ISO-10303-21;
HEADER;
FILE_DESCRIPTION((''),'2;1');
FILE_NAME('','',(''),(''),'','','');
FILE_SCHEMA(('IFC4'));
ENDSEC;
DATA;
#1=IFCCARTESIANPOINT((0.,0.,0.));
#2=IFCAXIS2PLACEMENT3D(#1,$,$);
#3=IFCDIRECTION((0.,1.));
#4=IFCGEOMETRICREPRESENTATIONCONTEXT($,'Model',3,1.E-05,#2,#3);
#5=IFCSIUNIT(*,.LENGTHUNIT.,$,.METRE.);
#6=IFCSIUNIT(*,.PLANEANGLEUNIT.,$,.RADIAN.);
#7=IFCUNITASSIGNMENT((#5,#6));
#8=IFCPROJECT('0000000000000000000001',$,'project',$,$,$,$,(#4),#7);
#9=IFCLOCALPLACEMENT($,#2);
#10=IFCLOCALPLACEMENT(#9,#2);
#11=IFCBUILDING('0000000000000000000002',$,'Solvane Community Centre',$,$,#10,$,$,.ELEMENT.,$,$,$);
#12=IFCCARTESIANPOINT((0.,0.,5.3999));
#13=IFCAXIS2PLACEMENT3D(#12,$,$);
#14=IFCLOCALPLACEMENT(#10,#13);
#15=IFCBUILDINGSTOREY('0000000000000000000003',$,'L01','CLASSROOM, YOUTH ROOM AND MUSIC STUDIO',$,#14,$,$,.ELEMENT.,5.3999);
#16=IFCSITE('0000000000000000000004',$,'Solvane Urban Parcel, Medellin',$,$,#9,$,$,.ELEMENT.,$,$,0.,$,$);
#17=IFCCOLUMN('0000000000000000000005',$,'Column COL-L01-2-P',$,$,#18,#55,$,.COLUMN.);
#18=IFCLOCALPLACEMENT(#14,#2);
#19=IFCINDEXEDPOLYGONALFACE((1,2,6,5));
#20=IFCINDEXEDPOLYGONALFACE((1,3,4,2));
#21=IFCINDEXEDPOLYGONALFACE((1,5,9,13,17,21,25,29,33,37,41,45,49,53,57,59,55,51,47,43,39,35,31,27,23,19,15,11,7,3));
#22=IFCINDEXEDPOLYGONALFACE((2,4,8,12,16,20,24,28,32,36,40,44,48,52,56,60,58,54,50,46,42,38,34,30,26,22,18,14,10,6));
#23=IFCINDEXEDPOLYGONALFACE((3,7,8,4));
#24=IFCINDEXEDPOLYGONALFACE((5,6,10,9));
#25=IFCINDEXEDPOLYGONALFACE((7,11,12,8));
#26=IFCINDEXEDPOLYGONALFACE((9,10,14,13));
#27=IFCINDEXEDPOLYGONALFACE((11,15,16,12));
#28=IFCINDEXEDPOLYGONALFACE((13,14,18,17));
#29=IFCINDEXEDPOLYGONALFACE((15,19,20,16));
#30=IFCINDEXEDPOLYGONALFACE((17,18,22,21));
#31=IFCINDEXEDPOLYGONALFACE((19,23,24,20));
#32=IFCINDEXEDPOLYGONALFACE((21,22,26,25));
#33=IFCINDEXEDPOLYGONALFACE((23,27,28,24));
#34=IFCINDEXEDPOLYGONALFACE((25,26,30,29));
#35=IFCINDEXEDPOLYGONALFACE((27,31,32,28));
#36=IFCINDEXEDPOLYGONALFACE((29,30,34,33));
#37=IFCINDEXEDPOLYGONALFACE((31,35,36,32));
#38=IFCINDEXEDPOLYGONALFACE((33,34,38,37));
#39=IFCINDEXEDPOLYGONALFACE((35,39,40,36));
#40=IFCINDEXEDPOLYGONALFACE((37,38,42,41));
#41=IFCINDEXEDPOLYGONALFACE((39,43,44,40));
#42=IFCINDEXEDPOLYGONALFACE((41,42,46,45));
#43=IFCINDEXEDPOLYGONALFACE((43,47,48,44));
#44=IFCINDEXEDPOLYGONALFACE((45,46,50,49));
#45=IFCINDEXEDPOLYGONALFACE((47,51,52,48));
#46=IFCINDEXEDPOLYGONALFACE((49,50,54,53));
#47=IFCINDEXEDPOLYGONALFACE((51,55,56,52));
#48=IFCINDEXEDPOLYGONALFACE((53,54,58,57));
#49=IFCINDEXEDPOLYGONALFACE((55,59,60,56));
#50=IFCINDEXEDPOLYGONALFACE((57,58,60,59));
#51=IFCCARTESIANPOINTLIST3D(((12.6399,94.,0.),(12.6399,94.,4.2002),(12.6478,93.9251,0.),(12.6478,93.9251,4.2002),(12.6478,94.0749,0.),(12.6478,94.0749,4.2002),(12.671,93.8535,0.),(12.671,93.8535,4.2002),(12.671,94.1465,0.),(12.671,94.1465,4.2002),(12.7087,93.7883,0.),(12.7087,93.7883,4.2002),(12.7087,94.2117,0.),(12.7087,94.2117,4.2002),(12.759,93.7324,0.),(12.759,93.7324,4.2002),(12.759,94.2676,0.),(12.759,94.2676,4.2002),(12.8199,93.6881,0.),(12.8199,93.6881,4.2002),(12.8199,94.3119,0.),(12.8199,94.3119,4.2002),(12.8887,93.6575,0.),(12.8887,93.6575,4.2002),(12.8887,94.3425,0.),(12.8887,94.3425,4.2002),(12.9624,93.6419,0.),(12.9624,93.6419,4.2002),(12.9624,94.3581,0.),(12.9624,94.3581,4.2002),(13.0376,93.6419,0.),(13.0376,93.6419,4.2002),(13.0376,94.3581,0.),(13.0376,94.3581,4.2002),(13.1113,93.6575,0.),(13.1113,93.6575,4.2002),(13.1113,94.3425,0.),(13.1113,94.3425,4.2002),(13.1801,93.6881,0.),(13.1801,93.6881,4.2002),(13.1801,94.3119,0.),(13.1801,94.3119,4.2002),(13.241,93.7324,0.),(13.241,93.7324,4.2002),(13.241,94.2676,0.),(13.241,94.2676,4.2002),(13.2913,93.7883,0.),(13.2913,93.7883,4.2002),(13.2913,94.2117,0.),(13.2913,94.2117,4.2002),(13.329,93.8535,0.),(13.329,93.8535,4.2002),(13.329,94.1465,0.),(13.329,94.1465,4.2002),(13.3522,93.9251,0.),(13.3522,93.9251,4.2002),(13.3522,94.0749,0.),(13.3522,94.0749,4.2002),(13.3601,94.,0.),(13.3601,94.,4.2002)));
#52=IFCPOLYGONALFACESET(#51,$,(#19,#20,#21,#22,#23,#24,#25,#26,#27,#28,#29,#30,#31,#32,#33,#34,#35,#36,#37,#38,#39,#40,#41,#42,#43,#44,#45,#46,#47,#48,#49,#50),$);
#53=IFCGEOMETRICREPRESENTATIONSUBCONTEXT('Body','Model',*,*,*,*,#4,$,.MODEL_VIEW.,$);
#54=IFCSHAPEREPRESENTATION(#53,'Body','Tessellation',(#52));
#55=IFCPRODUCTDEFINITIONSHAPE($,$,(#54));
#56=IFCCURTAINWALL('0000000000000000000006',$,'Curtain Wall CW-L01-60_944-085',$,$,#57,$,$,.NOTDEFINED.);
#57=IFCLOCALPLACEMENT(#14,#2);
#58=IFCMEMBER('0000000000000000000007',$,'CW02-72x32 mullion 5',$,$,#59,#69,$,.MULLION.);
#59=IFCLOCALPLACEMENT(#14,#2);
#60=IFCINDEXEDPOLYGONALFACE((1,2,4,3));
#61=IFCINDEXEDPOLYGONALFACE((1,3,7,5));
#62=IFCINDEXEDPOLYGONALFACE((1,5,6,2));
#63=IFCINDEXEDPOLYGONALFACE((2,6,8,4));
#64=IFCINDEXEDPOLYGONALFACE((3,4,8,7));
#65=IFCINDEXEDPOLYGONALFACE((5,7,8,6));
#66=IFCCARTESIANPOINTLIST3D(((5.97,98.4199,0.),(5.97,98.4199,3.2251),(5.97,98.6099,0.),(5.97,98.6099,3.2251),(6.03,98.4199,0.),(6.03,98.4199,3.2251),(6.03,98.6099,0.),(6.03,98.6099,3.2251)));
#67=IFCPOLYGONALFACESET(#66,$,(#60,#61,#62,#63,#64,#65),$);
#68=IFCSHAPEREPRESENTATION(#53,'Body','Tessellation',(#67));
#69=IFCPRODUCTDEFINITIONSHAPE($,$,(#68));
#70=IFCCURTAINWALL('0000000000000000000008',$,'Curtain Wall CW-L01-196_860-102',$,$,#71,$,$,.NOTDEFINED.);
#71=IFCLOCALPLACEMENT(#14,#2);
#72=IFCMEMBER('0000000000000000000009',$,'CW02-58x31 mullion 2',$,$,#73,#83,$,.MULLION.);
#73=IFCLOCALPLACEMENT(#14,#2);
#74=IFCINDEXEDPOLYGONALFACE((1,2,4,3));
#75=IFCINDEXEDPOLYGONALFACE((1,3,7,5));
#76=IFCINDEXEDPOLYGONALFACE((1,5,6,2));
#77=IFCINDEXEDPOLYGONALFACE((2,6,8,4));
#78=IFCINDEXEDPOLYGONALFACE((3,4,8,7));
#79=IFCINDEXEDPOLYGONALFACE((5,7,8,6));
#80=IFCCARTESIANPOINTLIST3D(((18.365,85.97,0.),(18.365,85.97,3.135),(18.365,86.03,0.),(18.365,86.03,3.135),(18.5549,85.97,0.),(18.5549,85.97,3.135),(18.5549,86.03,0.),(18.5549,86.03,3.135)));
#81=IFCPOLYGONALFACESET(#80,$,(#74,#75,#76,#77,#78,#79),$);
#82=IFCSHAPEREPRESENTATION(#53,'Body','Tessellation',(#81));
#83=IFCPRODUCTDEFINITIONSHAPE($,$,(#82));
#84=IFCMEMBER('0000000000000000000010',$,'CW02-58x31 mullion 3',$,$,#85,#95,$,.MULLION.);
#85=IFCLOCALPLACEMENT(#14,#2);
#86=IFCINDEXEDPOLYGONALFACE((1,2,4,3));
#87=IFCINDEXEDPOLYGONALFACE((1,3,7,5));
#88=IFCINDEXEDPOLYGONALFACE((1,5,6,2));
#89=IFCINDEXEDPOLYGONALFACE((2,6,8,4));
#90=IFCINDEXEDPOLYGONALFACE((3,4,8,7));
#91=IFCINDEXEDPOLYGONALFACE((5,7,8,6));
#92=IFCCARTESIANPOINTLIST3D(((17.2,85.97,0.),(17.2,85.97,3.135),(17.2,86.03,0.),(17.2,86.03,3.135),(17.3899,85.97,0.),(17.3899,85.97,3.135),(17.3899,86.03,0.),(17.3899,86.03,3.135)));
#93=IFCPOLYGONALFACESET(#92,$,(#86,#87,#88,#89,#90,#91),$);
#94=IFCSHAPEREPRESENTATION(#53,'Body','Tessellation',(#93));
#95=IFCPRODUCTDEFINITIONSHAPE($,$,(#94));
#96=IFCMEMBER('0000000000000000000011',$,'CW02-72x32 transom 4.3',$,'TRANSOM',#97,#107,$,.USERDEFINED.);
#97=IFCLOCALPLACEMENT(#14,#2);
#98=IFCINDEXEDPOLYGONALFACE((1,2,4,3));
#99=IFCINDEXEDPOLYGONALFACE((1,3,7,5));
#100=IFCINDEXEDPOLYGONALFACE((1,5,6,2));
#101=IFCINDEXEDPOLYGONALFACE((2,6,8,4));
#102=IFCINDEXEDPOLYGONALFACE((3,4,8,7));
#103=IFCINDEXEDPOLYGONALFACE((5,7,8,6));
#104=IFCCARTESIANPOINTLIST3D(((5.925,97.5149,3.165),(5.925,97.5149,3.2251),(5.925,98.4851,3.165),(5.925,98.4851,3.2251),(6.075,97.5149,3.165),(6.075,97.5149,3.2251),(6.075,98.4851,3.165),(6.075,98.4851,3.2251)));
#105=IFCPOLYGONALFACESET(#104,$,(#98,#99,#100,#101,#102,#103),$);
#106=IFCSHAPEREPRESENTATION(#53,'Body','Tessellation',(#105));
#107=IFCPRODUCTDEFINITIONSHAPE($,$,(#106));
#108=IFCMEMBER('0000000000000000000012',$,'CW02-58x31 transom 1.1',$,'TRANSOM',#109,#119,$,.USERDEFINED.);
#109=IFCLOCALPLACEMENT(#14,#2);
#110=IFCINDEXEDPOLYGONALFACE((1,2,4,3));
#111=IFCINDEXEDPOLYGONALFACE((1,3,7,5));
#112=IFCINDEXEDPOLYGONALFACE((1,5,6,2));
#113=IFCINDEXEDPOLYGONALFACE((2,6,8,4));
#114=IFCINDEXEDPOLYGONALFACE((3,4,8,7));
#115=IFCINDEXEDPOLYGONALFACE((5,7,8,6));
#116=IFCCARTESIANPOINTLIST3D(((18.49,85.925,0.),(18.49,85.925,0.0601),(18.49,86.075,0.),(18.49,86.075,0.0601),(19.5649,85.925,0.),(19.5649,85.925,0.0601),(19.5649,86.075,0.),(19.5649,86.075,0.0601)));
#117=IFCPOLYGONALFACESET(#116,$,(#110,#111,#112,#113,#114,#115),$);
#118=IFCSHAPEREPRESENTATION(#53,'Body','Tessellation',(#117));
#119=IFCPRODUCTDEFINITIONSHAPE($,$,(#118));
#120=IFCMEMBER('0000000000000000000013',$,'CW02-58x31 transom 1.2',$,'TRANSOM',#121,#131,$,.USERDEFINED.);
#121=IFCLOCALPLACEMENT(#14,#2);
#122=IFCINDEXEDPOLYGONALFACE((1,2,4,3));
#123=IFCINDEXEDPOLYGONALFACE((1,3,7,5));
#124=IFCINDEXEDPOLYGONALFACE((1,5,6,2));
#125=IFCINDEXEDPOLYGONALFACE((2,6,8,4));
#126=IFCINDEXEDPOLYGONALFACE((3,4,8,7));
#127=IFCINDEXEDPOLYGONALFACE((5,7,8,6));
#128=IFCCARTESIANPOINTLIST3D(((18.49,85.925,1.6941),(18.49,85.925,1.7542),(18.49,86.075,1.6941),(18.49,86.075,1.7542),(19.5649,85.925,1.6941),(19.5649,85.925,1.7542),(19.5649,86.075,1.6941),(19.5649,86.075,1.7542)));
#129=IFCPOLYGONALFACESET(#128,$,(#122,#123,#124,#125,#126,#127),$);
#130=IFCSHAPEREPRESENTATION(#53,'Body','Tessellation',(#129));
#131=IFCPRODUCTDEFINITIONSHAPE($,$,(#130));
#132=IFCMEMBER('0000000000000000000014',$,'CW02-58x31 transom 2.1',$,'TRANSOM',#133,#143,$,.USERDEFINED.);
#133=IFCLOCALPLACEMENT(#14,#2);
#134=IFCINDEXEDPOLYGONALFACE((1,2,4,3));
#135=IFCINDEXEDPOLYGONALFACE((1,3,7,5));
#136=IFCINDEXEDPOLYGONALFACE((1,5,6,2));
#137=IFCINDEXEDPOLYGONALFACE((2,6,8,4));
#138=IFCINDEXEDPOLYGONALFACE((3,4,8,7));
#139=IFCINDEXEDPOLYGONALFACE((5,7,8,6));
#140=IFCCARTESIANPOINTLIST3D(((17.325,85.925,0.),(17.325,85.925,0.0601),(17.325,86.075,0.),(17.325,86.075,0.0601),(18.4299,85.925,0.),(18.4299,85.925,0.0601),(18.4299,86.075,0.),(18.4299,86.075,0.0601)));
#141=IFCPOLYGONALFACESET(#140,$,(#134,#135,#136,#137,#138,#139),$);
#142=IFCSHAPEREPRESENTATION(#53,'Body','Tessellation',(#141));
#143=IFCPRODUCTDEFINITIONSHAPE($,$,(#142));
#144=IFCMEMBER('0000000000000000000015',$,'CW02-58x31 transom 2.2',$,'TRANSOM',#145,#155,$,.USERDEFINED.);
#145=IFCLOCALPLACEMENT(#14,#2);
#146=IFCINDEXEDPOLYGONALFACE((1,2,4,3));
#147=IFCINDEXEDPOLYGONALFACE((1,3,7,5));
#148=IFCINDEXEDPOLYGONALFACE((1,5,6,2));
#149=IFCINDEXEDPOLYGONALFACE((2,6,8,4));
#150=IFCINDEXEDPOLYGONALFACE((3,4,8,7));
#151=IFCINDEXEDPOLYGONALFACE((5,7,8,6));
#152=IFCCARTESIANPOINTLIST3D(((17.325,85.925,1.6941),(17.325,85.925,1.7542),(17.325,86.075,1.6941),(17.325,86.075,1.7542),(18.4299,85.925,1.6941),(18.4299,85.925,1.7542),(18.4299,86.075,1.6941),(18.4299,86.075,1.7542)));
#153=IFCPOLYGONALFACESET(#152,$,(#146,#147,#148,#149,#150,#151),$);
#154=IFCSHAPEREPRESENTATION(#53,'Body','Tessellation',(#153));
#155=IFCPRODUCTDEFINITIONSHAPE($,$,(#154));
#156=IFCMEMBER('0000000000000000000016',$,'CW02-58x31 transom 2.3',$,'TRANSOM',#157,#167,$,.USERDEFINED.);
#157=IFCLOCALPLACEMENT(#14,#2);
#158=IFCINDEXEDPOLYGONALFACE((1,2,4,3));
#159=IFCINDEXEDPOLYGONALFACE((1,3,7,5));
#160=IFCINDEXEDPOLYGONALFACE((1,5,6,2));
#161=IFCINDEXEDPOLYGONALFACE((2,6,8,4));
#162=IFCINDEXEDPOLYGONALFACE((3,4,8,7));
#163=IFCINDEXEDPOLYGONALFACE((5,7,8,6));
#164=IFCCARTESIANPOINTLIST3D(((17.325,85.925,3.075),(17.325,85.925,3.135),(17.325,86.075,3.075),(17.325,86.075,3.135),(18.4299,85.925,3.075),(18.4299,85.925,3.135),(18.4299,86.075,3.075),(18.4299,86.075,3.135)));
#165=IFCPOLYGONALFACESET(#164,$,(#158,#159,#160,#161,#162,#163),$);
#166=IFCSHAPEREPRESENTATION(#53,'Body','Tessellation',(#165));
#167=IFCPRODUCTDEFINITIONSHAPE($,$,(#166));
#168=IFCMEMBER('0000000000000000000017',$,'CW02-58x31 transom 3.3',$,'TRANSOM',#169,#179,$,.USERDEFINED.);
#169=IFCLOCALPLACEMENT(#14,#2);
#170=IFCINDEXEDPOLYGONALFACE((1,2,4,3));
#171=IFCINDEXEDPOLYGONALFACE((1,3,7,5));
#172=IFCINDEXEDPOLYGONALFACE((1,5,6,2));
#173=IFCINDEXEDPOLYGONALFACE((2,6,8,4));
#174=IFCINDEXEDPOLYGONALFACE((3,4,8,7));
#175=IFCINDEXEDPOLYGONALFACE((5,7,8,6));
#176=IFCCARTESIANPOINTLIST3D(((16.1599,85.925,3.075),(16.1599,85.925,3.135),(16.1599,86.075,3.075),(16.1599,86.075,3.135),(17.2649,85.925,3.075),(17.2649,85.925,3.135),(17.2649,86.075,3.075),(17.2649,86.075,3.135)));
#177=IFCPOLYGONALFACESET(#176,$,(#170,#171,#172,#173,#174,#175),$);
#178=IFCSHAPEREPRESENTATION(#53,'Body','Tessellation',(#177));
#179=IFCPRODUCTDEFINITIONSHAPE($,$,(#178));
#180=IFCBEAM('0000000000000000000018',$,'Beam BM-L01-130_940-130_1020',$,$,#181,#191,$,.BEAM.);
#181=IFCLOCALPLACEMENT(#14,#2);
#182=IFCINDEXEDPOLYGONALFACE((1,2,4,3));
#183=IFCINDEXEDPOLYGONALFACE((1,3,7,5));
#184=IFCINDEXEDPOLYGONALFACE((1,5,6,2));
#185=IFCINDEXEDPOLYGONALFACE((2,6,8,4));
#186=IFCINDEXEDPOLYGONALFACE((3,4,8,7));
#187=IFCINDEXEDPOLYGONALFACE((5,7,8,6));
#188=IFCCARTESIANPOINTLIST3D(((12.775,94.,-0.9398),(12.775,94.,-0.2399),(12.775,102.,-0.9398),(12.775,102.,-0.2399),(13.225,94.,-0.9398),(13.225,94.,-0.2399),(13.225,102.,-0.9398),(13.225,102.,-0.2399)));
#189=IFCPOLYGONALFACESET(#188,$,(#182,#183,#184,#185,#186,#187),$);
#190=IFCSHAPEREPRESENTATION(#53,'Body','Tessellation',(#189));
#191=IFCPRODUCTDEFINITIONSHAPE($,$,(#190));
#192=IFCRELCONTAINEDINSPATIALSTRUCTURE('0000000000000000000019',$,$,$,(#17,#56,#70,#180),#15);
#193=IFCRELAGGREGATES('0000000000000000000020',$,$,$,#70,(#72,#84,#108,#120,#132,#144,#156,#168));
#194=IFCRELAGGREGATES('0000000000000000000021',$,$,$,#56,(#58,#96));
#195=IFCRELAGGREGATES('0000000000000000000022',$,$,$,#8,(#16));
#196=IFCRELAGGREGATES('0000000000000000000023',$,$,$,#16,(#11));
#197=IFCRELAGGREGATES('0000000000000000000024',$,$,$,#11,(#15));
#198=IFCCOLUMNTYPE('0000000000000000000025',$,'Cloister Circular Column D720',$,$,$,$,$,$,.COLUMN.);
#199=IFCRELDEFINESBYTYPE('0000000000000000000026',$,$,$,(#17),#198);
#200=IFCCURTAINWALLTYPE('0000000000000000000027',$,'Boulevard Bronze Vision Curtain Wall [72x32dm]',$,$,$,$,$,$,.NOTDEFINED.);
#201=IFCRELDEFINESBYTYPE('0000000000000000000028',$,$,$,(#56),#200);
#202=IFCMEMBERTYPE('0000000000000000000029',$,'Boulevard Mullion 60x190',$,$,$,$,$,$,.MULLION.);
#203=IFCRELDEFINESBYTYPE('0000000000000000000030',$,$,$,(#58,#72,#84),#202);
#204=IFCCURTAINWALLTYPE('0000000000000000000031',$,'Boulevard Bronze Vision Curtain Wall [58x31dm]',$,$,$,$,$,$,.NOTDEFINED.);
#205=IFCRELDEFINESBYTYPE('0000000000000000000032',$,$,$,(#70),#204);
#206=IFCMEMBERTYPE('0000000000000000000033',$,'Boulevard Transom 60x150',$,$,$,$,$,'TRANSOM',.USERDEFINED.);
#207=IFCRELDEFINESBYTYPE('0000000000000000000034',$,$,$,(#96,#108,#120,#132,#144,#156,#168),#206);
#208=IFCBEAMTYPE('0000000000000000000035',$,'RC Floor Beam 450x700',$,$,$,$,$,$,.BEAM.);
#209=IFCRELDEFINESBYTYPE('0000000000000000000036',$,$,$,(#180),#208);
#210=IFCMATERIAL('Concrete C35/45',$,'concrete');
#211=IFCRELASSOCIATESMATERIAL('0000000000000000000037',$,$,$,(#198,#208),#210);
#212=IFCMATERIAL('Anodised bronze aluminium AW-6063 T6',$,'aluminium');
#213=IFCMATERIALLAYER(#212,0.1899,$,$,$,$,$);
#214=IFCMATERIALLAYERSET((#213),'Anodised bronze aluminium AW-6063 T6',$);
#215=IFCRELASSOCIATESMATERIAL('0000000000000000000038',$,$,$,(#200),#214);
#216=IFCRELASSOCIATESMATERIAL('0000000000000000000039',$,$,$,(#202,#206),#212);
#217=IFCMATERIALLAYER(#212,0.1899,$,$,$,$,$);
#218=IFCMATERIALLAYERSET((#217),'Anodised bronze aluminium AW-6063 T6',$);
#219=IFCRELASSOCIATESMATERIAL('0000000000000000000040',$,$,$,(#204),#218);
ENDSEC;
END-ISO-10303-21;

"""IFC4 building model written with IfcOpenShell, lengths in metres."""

from ifc_helpers import new_model, si_unit, direction, frame, origin, origin_2d, place, context, subcontext, project, spatial, rectangle, circle, extrude, material, layer, layer_set, material_profile, profile_set, type_object, element, aggregate, save


model = new_model("IFC4")

# Units and contexts
model_context = context("Model", 3, precision=1e-05, world=origin(), true_north=direction((0.0, 1.0)))
body_context = subcontext(model_context, "Body", "Model", "MODEL_VIEW")
ifc_project = project(units=[si_unit("LENGTHUNIT", "METRE"), si_unit("PLANEANGLEUNIT", "RADIAN")], contexts=[model_context])

# Site, building, storey
site_placement = place(None, origin())
site = spatial("IfcSite", under=ifc_project, at=site_placement, Name="Solvane Urban Parcel, Medellin", CompositionType="ELEMENT", RefElevation=0.0)
building_placement = place(site_placement, origin())
building = spatial("IfcBuilding", under=site, at=building_placement, Name="Solvane Community Centre", CompositionType="ELEMENT")
storey_placement = place(building_placement, frame((0.0, 0.0, 5.3999)))
storey = spatial("IfcBuildingStorey", under=building, at=storey_placement, Name="L01", Description="CLASSROOM, YOUTH ROOM AND MUSIC STUDIO", CompositionType="ELEMENT", Elevation=5.3999)

# Column
ifc_material_1 = material(Name="Concrete C35/45", Category="concrete")
ifc_material_profile_1 = material_profile(ifc_material_1, circle(Radius=0.3601, at=origin_2d()), Name="RC D720")
ifc_profile_set_1 = profile_set([ifc_material_profile_1], Name="Concrete C35/45")
column_type = type_object("IfcColumnType", Name="Cloister Circular Column D720", PredefinedType="COLUMN", material=ifc_profile_set_1)
column_placement = place(storey_placement, frame((13.0, 94.0, 0.0), z_axis=(0.0, 0.0, 1.0), x_axis=(1.0, 0.0, 0.0)))
element("IfcColumn", 1, at=column_placement, inside=storey, type_object=column_type, Name="Column COL-L01-2-P", PredefinedType="COLUMN", context=body_context, shape_type="SweptSolid", body=[
    extrude(circle(Radius=0.3601, at=origin_2d()), origin(), (0.0, 0.0, 1.0), 4.2002),
])

# Curtain wall, member
ifc_material_2 = material(Name="Anodised bronze aluminium AW-6063 T6", Category="aluminium")
ifc_layer_1 = layer(ifc_material_2, 0.1899)
ifc_layer_set_1 = layer_set([ifc_layer_1], Name="Anodised bronze aluminium AW-6063 T6")
curtain_wall_type_1 = type_object("IfcCurtainWallType", Name="Boulevard Bronze Vision Curtain Wall [72x32dm]", PredefinedType="NOTDEFINED", material=ifc_layer_set_1)
curtain_wall_1_placement = place(storey_placement, origin())
curtain_wall_1 = element("IfcCurtainWall", 2, at=curtain_wall_1_placement, inside=storey, type_object=curtain_wall_type_1, Name="Curtain Wall CW-L01-60_944-085", PredefinedType="NOTDEFINED")
ifc_material_profile_2 = material_profile(ifc_material_2, rectangle(XDim=0.0601, YDim=0.1899, at=origin_2d()), Name="CW-M 60x190")
ifc_profile_set_2 = profile_set([ifc_material_profile_2], Name="Anodised bronze aluminium AW-6063 T6")
member_type_1 = type_object("IfcMemberType", Name="Boulevard Mullion 60x190", PredefinedType="MULLION", material=ifc_profile_set_2)
member_1_placement = place(storey_placement, frame((6.0, 98.5149, 0.0), z_axis=(0.0, 0.0, 1.0), x_axis=(-1.0, 0.0, 0.0)))
member_1 = element("IfcMember", 3, at=member_1_placement, type_object=member_type_1, Name="CW02-72x32 mullion 5", PredefinedType="MULLION", context=body_context, shape_type="SweptSolid", body=[
    extrude(rectangle(XDim=0.0601, YDim=0.1899, at=origin_2d()), origin(), (0.0, 0.0, 1.0), 3.2251),
])

# Curtain wall, members
ifc_layer_2 = layer(ifc_material_2, 0.1899)
ifc_layer_set_2 = layer_set([ifc_layer_2], Name="Anodised bronze aluminium AW-6063 T6")
curtain_wall_type_2 = type_object("IfcCurtainWallType", Name="Boulevard Bronze Vision Curtain Wall [58x31dm]", PredefinedType="NOTDEFINED", material=ifc_layer_set_2)
curtain_wall_2_placement = place(storey_placement, origin())
curtain_wall_2 = element("IfcCurtainWall", 4, at=curtain_wall_2_placement, inside=storey, type_object=curtain_wall_type_2, Name="Curtain Wall CW-L01-196_860-102", PredefinedType="NOTDEFINED")
member_2_placement = place(storey_placement, frame((18.46, 86.0, 0.0), z_axis=(0.0, 0.0, 1.0), x_axis=(0.0, -1.0, 0.0)))
member_2 = element("IfcMember", 5, at=member_2_placement, type_object=member_type_1, Name="CW02-58x31 mullion 2", PredefinedType="MULLION", context=body_context, shape_type="SweptSolid", body=[
    extrude(rectangle(XDim=0.0601, YDim=0.1899, at=origin_2d()), origin(), (0.0, 0.0, 1.0), 3.135),
])
member_3_placement = place(storey_placement, frame((17.2949, 86.0, 0.0), z_axis=(0.0, 0.0, 1.0), x_axis=(0.0, -1.0, 0.0)))
member_3 = element("IfcMember", 6, at=member_3_placement, type_object=member_type_1, Name="CW02-58x31 mullion 3", PredefinedType="MULLION", context=body_context, shape_type="SweptSolid", body=[
    extrude(rectangle(XDim=0.0601, YDim=0.1899, at=origin_2d()), origin(), (0.0, 0.0, 1.0), 3.135),
])

# Members
ifc_material_profile_3 = material_profile(ifc_material_2, rectangle(XDim=0.1499, YDim=0.0601, at=origin_2d()), Name="CW-T 60x150")
ifc_profile_set_3 = profile_set([ifc_material_profile_3], Name="Anodised bronze aluminium AW-6063 T6")
member_type_2 = type_object("IfcMemberType", Name="Boulevard Transom 60x150", ElementType="TRANSOM", PredefinedType="USERDEFINED", material=ifc_profile_set_3)
member_4_placement = place(storey_placement, frame((6.0, 97.5149, 3.1951), z_axis=(0.0, 1.0, 0.0), x_axis=(-1.0, 0.0, 0.0)))
member_4 = element("IfcMember", 7, at=member_4_placement, type_object=member_type_2, Name="CW02-72x32 transom 4.3", ObjectType="TRANSOM", PredefinedType="USERDEFINED", context=body_context, shape_type="SweptSolid", body=[
    extrude(rectangle(XDim=0.1499, YDim=0.0601, at=origin_2d()), origin(), (0.0, 0.0, 1.0), 0.9702),
])
member_5_placement = place(storey_placement, frame((19.5649, 86.0, 0.03), z_axis=(-1.0, 0.0, 0.0), x_axis=(0.0, -1.0, 0.0)))
member_5 = element("IfcMember", 8, at=member_5_placement, type_object=member_type_2, Name="CW02-58x31 transom 1.1", ObjectType="TRANSOM", PredefinedType="USERDEFINED", context=body_context, shape_type="SweptSolid", body=[
    extrude(rectangle(XDim=0.1499, YDim=0.0601, at=origin_2d()), origin(), (0.0, 0.0, 1.0), 1.075),
])
member_6_placement = place(storey_placement, frame((19.5649, 86.0, 1.7241), z_axis=(-1.0, 0.0, 0.0), x_axis=(0.0, -1.0, 0.0)))
member_6 = element("IfcMember", 9, at=member_6_placement, type_object=member_type_2, Name="CW02-58x31 transom 1.2", ObjectType="TRANSOM", PredefinedType="USERDEFINED", context=body_context, shape_type="SweptSolid", body=[
    extrude(rectangle(XDim=0.1499, YDim=0.0601, at=origin_2d()), origin(), (0.0, 0.0, 1.0), 1.075),
])
member_7_placement = place(storey_placement, frame((18.4299, 86.0, 0.03), z_axis=(-1.0, 0.0, 0.0), x_axis=(0.0, -1.0, 0.0)))
member_7 = element("IfcMember", 10, at=member_7_placement, type_object=member_type_2, Name="CW02-58x31 transom 2.1", ObjectType="TRANSOM", PredefinedType="USERDEFINED", context=body_context, shape_type="SweptSolid", body=[
    extrude(rectangle(XDim=0.1499, YDim=0.0601, at=origin_2d()), origin(), (0.0, 0.0, 1.0), 1.105),
])
member_8_placement = place(storey_placement, frame((18.4299, 86.0, 1.7241), z_axis=(-1.0, 0.0, 0.0), x_axis=(0.0, -1.0, 0.0)))
member_8 = element("IfcMember", 11, at=member_8_placement, type_object=member_type_2, Name="CW02-58x31 transom 2.2", ObjectType="TRANSOM", PredefinedType="USERDEFINED", context=body_context, shape_type="SweptSolid", body=[
    extrude(rectangle(XDim=0.1499, YDim=0.0601, at=origin_2d()), origin(), (0.0, 0.0, 1.0), 1.105),
])
member_9_placement = place(storey_placement, frame((18.4299, 86.0, 3.105), z_axis=(-1.0, 0.0, 0.0), x_axis=(0.0, -1.0, 0.0)))
member_9 = element("IfcMember", 12, at=member_9_placement, type_object=member_type_2, Name="CW02-58x31 transom 2.3", ObjectType="TRANSOM", PredefinedType="USERDEFINED", context=body_context, shape_type="SweptSolid", body=[
    extrude(rectangle(XDim=0.1499, YDim=0.0601, at=origin_2d()), origin(), (0.0, 0.0, 1.0), 1.105),
])
member_10_placement = place(storey_placement, frame((17.2649, 86.0, 3.105), z_axis=(-1.0, 0.0, 0.0), x_axis=(0.0, -1.0, 0.0)))
member_10 = element("IfcMember", 13, at=member_10_placement, type_object=member_type_2, Name="CW02-58x31 transom 3.3", ObjectType="TRANSOM", PredefinedType="USERDEFINED", context=body_context, shape_type="SweptSolid", body=[
    extrude(rectangle(XDim=0.1499, YDim=0.0601, at=origin_2d()), origin(), (0.0, 0.0, 1.0), 1.105),
])

# Beam
ifc_material_profile_4 = material_profile(ifc_material_1, rectangle(XDim=0.45, YDim=0.7, at=origin_2d()), Name="RC 450x700")
ifc_profile_set_4 = profile_set([ifc_material_profile_4], Name="Concrete C35/45")
beam_type_1 = type_object("IfcBeamType", Name="RC Floor Beam 450x700", PredefinedType="BEAM", material=ifc_profile_set_4)
beam_1_placement = place(storey_placement, frame((13.0, 94.0, -0.5898), z_axis=(0.0, 1.0, 0.0), x_axis=(-1.0, 0.0, 0.0)))
element("IfcBeam", 14, at=beam_1_placement, inside=storey, type_object=beam_type_1, Name="Beam BM-L01-130_940-130_1020", PredefinedType="BEAM", context=body_context, shape_type="SweptSolid", body=[
    extrude(rectangle(XDim=0.45, YDim=0.7, at=origin_2d()), origin(), (0.0, 0.0, 1.0), 8.0),
])

aggregate(curtain_wall_2, [member_2, member_3, member_5, member_6, member_7, member_8, member_9, member_10])
aggregate(curtain_wall_1, [member_1, member_4])

save(model, "model.ifc")
